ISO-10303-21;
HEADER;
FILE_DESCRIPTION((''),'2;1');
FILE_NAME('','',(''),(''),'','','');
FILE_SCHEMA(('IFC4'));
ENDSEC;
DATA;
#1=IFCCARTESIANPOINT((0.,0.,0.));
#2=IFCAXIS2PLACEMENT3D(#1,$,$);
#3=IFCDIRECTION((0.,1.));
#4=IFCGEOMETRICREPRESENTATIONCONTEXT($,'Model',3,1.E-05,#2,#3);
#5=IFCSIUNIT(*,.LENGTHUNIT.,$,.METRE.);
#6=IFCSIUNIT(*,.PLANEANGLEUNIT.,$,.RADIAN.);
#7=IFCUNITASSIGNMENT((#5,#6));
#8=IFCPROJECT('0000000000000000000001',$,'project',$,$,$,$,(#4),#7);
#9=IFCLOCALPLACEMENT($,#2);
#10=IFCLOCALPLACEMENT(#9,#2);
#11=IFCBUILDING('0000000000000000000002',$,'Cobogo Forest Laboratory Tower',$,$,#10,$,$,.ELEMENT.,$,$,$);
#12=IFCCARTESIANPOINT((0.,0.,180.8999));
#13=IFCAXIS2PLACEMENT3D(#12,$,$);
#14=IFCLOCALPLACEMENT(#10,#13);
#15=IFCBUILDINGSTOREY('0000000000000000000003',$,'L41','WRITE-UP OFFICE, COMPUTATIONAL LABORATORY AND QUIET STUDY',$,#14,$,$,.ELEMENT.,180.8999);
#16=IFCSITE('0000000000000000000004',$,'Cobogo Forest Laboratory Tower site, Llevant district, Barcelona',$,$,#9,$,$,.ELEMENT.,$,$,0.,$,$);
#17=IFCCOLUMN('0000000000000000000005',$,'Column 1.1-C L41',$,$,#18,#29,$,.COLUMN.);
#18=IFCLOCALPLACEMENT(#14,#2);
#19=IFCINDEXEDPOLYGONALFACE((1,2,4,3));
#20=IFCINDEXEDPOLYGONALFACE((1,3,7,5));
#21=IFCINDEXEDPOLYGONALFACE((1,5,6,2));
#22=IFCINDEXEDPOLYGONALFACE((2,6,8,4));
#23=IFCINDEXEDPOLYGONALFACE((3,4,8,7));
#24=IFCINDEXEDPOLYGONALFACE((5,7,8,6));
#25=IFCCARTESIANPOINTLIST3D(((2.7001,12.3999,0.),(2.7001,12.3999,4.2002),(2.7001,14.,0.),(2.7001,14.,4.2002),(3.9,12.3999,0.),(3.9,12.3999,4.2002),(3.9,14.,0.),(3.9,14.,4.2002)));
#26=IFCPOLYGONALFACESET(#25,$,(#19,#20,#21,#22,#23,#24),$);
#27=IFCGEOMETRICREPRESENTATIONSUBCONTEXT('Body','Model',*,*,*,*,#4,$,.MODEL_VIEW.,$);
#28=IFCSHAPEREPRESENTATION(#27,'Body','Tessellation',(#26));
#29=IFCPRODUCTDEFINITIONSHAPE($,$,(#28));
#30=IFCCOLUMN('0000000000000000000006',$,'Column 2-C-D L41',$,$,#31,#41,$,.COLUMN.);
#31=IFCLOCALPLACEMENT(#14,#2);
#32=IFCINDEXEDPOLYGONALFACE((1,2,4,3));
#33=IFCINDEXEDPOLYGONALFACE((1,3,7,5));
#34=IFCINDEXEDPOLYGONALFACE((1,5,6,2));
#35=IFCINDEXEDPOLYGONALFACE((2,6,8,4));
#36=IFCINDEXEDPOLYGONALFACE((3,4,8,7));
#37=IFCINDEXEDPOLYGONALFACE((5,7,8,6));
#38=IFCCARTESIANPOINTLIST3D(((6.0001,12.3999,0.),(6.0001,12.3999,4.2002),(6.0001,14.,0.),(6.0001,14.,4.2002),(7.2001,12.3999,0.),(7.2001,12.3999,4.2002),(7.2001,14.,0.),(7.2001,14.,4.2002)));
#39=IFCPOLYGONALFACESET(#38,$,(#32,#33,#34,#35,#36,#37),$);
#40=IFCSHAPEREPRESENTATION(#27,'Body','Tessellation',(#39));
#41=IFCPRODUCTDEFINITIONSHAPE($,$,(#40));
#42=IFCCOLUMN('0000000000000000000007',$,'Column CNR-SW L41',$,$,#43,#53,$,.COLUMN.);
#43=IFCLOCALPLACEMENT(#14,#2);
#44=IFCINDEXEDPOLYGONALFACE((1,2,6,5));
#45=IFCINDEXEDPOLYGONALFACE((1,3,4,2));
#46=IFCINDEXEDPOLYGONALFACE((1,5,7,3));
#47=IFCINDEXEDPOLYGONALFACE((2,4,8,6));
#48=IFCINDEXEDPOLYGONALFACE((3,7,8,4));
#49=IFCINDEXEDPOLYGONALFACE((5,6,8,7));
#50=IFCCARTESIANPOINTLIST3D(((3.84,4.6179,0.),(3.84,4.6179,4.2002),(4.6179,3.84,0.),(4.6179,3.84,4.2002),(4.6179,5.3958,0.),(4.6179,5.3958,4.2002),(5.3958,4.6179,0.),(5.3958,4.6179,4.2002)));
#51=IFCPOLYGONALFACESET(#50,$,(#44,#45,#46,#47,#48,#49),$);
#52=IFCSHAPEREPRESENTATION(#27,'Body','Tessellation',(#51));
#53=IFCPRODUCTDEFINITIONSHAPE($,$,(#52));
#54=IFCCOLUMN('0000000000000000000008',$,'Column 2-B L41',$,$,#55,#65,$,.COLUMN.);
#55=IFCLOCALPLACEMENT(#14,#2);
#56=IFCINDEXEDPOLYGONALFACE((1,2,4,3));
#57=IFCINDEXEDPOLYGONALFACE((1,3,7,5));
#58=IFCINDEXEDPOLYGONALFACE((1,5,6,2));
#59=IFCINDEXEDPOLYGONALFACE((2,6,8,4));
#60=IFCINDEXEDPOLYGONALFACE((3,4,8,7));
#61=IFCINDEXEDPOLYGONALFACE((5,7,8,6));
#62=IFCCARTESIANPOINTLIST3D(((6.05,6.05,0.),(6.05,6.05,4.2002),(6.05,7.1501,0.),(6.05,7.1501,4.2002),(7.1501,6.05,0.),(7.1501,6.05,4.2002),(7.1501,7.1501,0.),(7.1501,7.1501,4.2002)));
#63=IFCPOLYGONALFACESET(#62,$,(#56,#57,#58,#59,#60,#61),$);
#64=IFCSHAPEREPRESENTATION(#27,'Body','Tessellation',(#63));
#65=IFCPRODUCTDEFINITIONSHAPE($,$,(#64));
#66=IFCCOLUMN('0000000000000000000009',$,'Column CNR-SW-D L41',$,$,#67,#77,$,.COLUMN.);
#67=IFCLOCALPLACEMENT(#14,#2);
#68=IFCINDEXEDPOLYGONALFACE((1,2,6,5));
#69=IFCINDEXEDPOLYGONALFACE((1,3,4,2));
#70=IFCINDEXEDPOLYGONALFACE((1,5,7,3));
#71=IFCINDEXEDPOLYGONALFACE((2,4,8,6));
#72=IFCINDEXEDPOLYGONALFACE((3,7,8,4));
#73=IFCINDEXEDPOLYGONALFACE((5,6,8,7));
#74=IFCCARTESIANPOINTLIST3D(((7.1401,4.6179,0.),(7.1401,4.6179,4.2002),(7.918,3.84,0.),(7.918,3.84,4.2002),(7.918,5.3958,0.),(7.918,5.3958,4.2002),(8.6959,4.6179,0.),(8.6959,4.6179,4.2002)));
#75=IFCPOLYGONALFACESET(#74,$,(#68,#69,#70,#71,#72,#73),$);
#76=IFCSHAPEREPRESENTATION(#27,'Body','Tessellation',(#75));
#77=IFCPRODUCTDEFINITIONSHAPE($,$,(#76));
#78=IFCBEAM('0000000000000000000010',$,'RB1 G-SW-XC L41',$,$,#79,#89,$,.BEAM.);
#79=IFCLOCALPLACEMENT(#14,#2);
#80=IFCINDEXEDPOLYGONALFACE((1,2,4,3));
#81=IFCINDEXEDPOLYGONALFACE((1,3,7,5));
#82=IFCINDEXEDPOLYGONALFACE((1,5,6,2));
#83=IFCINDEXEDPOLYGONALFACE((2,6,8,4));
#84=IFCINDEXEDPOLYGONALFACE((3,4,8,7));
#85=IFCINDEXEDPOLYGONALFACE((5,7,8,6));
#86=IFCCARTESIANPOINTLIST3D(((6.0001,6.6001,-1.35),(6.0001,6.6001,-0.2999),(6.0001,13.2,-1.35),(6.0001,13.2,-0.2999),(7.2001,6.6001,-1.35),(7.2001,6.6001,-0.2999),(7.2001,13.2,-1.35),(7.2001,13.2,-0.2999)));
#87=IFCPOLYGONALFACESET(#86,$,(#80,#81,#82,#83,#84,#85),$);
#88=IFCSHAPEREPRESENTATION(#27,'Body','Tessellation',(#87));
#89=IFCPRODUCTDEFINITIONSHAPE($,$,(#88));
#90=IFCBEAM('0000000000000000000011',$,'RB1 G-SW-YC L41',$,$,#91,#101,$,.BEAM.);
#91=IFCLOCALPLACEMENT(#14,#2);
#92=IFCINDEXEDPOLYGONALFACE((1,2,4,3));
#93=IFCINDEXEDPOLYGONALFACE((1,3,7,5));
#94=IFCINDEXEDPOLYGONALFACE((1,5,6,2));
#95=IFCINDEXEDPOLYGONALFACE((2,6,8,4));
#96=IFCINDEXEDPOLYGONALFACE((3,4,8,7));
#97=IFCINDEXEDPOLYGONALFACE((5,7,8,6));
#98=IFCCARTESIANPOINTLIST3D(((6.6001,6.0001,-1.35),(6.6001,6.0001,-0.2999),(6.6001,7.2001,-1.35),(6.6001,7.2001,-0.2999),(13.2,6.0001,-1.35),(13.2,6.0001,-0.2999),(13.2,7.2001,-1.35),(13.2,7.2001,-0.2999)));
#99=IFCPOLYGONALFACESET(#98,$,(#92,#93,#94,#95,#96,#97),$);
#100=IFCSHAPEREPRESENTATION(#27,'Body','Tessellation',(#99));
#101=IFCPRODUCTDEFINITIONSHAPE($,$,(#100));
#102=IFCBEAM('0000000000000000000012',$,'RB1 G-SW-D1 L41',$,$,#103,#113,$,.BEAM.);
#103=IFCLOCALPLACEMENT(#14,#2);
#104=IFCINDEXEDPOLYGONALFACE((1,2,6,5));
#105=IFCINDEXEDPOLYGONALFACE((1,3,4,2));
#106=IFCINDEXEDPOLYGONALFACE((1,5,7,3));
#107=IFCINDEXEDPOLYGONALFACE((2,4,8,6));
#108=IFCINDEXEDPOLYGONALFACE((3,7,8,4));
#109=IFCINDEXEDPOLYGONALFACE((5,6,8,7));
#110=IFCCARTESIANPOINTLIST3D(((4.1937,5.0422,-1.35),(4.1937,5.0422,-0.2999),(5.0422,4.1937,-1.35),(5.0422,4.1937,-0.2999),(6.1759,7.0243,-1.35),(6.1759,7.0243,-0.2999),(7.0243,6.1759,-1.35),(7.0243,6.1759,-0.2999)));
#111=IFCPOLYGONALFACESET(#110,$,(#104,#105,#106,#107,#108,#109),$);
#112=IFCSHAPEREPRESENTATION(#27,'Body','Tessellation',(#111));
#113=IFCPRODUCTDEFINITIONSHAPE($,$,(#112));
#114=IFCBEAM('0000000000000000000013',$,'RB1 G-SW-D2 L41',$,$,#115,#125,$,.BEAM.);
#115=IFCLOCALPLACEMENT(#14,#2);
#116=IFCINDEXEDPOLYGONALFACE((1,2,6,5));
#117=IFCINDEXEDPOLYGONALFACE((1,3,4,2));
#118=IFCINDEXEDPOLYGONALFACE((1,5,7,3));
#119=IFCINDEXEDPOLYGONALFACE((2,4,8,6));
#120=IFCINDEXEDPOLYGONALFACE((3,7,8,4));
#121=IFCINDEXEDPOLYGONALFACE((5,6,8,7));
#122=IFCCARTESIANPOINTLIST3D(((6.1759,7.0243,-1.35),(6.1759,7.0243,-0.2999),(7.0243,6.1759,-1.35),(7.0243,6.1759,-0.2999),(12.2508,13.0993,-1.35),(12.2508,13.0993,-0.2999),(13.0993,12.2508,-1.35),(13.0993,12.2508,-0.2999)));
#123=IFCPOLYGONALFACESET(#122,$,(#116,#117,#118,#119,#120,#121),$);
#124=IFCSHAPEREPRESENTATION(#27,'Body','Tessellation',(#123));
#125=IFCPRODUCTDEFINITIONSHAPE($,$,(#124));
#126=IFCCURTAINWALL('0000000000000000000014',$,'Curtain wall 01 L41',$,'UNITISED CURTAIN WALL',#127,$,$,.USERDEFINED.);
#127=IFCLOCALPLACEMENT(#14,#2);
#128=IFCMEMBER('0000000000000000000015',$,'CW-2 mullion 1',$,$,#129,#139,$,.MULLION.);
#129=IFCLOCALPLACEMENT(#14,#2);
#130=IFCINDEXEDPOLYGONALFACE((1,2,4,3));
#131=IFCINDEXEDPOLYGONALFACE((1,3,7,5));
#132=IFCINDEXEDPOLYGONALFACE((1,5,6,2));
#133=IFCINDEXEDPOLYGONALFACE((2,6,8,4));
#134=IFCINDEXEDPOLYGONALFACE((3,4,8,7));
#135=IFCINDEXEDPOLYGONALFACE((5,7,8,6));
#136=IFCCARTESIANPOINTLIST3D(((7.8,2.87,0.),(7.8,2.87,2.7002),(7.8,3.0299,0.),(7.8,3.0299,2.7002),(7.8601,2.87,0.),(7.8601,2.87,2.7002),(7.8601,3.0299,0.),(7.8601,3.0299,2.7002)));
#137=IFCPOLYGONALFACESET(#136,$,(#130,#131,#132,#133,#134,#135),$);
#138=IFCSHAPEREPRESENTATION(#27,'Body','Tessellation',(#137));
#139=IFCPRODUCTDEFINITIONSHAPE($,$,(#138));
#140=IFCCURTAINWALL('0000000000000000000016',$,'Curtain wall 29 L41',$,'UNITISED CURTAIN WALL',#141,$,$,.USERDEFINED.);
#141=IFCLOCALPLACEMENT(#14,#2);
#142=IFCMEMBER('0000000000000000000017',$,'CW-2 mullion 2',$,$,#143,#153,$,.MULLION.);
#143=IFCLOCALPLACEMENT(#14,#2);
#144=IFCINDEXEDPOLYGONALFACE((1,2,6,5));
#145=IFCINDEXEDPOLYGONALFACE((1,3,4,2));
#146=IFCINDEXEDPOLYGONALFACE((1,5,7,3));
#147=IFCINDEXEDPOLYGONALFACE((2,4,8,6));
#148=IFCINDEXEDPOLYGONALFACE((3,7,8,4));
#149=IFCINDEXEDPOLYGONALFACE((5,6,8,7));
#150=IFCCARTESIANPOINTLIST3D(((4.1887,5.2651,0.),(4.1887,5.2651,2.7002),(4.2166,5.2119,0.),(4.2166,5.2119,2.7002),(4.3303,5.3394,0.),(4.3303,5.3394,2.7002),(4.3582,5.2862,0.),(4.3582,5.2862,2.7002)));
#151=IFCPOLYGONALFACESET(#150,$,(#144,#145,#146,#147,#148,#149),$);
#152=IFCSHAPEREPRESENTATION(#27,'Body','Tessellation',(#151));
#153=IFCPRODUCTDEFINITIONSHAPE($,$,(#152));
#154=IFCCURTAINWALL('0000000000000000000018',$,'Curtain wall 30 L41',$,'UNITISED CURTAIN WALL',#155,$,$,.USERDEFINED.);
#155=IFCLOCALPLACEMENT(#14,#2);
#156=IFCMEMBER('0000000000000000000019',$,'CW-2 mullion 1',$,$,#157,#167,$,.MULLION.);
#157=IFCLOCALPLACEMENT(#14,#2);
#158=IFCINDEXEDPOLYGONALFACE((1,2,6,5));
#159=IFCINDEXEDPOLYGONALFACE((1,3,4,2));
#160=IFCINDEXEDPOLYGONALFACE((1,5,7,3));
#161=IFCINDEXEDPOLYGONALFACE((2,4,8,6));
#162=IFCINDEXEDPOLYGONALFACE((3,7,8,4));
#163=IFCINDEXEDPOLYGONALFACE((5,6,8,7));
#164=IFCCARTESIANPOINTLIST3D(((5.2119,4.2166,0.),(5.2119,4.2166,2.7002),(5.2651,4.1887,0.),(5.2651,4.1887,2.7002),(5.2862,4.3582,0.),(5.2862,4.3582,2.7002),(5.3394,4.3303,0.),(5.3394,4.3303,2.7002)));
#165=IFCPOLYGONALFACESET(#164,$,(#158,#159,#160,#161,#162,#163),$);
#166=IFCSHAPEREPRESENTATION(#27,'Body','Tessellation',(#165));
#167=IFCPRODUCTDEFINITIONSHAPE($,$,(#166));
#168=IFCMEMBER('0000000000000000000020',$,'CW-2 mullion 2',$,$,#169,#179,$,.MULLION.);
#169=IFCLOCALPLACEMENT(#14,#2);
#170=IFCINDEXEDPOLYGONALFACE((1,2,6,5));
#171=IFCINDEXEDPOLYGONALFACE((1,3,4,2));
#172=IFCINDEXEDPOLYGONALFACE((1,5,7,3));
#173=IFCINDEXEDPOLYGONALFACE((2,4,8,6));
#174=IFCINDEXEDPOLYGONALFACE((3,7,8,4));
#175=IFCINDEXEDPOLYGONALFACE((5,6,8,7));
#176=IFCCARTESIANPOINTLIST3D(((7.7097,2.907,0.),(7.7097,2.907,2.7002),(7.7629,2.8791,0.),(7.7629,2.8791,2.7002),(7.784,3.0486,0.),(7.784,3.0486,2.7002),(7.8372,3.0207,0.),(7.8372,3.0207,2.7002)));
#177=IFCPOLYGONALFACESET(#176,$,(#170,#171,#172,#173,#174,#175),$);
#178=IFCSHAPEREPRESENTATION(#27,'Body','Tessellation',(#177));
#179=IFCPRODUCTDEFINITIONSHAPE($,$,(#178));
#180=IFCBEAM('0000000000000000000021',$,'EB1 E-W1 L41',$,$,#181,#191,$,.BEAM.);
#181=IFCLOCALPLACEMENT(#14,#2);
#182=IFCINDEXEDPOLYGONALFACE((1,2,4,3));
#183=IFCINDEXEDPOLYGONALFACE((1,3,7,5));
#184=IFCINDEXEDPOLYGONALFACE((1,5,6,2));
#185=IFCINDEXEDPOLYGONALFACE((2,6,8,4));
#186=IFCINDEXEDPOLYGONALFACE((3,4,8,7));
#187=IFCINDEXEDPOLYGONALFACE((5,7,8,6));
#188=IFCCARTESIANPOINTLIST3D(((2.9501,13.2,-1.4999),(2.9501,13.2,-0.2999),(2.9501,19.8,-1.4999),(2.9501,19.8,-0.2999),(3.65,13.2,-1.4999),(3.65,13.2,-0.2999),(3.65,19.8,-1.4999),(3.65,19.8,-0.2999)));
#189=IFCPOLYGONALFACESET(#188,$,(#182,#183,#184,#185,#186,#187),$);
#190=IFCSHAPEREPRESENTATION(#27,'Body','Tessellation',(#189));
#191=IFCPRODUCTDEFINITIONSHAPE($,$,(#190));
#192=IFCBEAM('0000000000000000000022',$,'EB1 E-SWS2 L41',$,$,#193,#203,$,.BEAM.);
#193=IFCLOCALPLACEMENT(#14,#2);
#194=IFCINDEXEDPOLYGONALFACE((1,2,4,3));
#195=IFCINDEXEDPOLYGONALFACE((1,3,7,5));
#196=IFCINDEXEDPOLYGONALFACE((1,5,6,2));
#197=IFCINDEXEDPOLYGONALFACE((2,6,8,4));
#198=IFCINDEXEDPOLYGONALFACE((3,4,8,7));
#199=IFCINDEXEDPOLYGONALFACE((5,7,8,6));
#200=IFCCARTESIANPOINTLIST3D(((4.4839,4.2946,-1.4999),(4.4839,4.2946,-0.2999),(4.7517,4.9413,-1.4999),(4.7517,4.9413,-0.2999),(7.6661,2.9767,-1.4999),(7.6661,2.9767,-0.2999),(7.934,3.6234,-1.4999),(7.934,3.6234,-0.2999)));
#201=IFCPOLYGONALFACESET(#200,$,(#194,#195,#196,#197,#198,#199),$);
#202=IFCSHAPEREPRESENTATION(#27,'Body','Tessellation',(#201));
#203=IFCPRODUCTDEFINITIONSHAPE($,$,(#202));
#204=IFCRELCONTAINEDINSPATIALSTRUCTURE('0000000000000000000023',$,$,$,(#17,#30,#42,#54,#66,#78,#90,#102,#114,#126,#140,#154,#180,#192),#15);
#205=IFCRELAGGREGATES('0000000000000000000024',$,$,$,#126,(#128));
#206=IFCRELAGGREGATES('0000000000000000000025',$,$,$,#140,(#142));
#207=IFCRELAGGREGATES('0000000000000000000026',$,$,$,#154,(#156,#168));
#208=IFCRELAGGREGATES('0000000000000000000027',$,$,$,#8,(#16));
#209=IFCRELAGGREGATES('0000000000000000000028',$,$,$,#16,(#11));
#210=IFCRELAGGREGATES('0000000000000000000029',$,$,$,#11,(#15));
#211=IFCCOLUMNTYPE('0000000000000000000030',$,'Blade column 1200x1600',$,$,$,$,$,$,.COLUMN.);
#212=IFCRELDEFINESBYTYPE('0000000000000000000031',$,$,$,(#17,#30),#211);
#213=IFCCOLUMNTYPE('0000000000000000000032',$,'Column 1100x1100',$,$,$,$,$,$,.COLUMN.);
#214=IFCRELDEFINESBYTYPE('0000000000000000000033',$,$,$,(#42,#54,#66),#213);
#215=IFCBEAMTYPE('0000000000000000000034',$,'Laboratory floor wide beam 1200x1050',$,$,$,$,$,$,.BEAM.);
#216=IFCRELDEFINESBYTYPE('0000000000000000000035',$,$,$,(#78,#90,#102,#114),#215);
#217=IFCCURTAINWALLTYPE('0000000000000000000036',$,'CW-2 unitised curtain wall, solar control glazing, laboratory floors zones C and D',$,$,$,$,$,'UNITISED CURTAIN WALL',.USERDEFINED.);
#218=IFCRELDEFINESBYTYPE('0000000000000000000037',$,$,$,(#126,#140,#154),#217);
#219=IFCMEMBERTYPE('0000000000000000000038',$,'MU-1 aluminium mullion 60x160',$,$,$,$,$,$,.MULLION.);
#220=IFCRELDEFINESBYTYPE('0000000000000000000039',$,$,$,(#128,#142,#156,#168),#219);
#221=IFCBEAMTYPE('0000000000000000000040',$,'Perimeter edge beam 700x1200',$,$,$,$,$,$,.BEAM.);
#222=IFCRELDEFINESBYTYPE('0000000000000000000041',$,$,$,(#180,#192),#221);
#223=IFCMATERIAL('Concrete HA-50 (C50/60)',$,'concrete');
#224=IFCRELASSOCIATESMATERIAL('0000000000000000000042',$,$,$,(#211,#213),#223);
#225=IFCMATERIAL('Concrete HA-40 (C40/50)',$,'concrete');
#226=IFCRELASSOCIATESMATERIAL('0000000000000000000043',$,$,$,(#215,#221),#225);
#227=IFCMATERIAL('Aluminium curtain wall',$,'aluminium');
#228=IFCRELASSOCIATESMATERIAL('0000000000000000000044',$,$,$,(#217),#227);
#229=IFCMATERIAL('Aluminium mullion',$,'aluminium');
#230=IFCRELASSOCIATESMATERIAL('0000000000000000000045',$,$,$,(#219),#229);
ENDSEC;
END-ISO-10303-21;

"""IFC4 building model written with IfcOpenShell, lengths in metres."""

from ifc_helpers import new_model, si_unit, direction, frame, origin, origin_2d, place, context, subcontext, project, spatial, rectangle, extrude, material, material_profile, profile_set, type_object, element, aggregate, save


model = new_model("IFC4")

# Units and contexts
model_context = context("Model", 3, precision=1e-05, world=origin(), true_north=direction((0.0, 1.0)))
body_context = subcontext(model_context, "Body", "Model", "MODEL_VIEW")
ifc_project = project(units=[si_unit("LENGTHUNIT", "METRE"), si_unit("PLANEANGLEUNIT", "RADIAN")], contexts=[model_context])

# Site, building, storey
site_placement = place(None, origin())
site = spatial("IfcSite", under=ifc_project, at=site_placement, Name="Cobogo Forest Laboratory Tower site, Llevant district, Barcelona", CompositionType="ELEMENT", RefElevation=0.0)
building_placement = place(site_placement, origin())
building = spatial("IfcBuilding", under=site, at=building_placement, Name="Cobogo Forest Laboratory Tower", CompositionType="ELEMENT")
storey_placement = place(building_placement, frame((0.0, 0.0, 180.8999)))
storey = spatial("IfcBuildingStorey", under=building, at=storey_placement, Name="L41", Description="WRITE-UP OFFICE, COMPUTATIONAL LABORATORY AND QUIET STUDY", CompositionType="ELEMENT", Elevation=180.8999)

# Columns
ifc_material_1 = material(Name="Concrete HA-50 (C50/60)", Category="concrete")
ifc_material_profile_1 = material_profile(ifc_material_1, rectangle(XDim=1.6001, YDim=1.2, at=origin_2d()), Name="RC 1200x1600")
ifc_profile_set_1 = profile_set([ifc_material_profile_1], Name="Concrete HA-50 (C50/60)")
column_type_1 = type_object("IfcColumnType", Name="Blade column 1200x1600", PredefinedType="COLUMN", material=ifc_profile_set_1)
for number, where, z_axis, x_axis, name in (
    (1, (3.3, 13.2, 0.0), (0.0, 0.0, 1.0), (0.0, 1.0, 0.0), "Column 1.1-C L41"),
    (2, (6.6001, 13.2, 0.0), (0.0, 0.0, 1.0), (0.0, 1.0, 0.0), "Column 2-C-D L41"),
):
    element("IfcColumn", number, at=place(storey_placement, frame(where, z_axis=z_axis, x_axis=x_axis)), inside=storey, type_object=column_type_1, Name=name, PredefinedType="COLUMN", context=body_context, shape_type="SweptSolid", body=[
        extrude(rectangle(XDim=1.6001, YDim=1.2, at=origin_2d()), origin(), (0.0, 0.0, 1.0), 4.2002),
    ])
ifc_material_profile_2 = material_profile(ifc_material_1, rectangle(XDim=1.1001, YDim=1.1001, at=origin_2d()), Name="RC 1100x1100")
ifc_profile_set_2 = profile_set([ifc_material_profile_2], Name="Concrete HA-50 (C50/60)")
column_type_2 = type_object("IfcColumnType", Name="Column 1100x1100", PredefinedType="COLUMN", material=ifc_profile_set_2)
for number, where, z_axis, x_axis, name in (
    (3, (4.6179, 4.6179, 0.0), (0.0, 0.0, 1.0), (0.707107, 0.707107, 0.0), "Column CNR-SW L41"),
    (4, (6.6001, 6.6001, 0.0), (0.0, 0.0, 1.0), (1.0, 0.0, 0.0), "Column 2-B L41"),
    (5, (7.918, 4.6179, 0.0), (0.0, 0.0, 1.0), (0.707107, 0.707107, 0.0), "Column CNR-SW-D L41"),
):
    element("IfcColumn", number, at=place(storey_placement, frame(where, z_axis=z_axis, x_axis=x_axis)), inside=storey, type_object=column_type_2, Name=name, PredefinedType="COLUMN", context=body_context, shape_type="SweptSolid", body=[
        extrude(rectangle(XDim=1.1001, YDim=1.1001, at=origin_2d()), origin(), (0.0, 0.0, 1.0), 4.2002),
    ])

# Beams
ifc_material_2 = material(Name="Concrete HA-40 (C40/50)", Category="concrete")
ifc_material_profile_3 = material_profile(ifc_material_2, rectangle(XDim=1.2, YDim=1.05, at=origin_2d()), Name="RC 1200x1050")
ifc_profile_set_3 = profile_set([ifc_material_profile_3], Name="Concrete HA-40 (C40/50)")
beam_type_1 = type_object("IfcBeamType", Name="Laboratory floor wide beam 1200x1050", PredefinedType="BEAM", material=ifc_profile_set_3)
for number, where, z_axis, x_axis, name in (
    (6, (6.6001, 6.6001, -0.825), (0.0, 1.0, 0.0), (-1.0, 0.0, 0.0), "RB1 G-SW-XC L41"),
    (7, (6.6001, 6.6001, -0.825), (1.0, 0.0, 0.0), (0.0, 1.0, 0.0), "RB1 G-SW-YC L41"),
):
    element("IfcBeam", number, at=place(storey_placement, frame(where, z_axis=z_axis, x_axis=x_axis)), inside=storey, type_object=beam_type_1, Name=name, PredefinedType="BEAM", context=body_context, shape_type="SweptSolid", body=[
        extrude(rectangle(XDim=1.2, YDim=1.05, at=origin_2d()), origin(), (0.0, 0.0, 1.0), 6.5999),
    ])
beam_1_placement = place(storey_placement, frame((4.6179, 4.6179, -0.825), z_axis=(0.707107, 0.707107, 0.0), x_axis=(-0.707107, 0.707107, 0.0)))
element("IfcBeam", 8, at=beam_1_placement, inside=storey, type_object=beam_type_1, Name="RB1 G-SW-D1 L41", PredefinedType="BEAM", context=body_context, shape_type="SweptSolid", body=[
    extrude(rectangle(XDim=1.2, YDim=1.05, at=origin_2d()), origin(), (0.0, 0.0, 1.0), 2.8032),
])
beam_2_placement = place(storey_placement, frame((6.6001, 6.6001, -0.825), z_axis=(0.707107, 0.707107, 0.0), x_axis=(-0.707107, 0.707107, 0.0)))
element("IfcBeam", 9, at=beam_2_placement, inside=storey, type_object=beam_type_1, Name="RB1 G-SW-D2 L41", PredefinedType="BEAM", context=body_context, shape_type="SweptSolid", body=[
    extrude(rectangle(XDim=1.2, YDim=1.05, at=origin_2d()), origin(), (0.0, 0.0, 1.0), 8.5913),
])

# Curtain walls, members
ifc_material_3 = material(Name="Aluminium curtain wall", Category="aluminium")
curtain_wall_type = type_object("IfcCurtainWallType", Name="CW-2 unitised curtain wall, solar control glazing, laboratory floors zones C and D", ElementType="UNITISED CURTAIN WALL", PredefinedType="USERDEFINED", material=ifc_material_3)
curtain_wall_1_placement = place(storey_placement, origin())
curtain_wall_1 = element("IfcCurtainWall", 10, at=curtain_wall_1_placement, inside=storey, type_object=curtain_wall_type, Name="Curtain wall 01 L41", ObjectType="UNITISED CURTAIN WALL", PredefinedType="USERDEFINED")
ifc_material_4 = material(Name="Aluminium mullion", Category="aluminium")
ifc_material_profile_4 = material_profile(ifc_material_4, rectangle(XDim=0.0601, YDim=0.1599, at=origin_2d()), Name="AL 60x160")
ifc_profile_set_4 = profile_set([ifc_material_profile_4], Name="Aluminium mullion")
member_type_1 = type_object("IfcMemberType", Name="MU-1 aluminium mullion 60x160", PredefinedType="MULLION", material=ifc_profile_set_4)
member_1_placement = place(storey_placement, frame((7.8301, 2.95, 0.0), z_axis=(0.0, 0.0, 1.0), x_axis=(1.0, 0.0, 0.0)))
member_1 = element("IfcMember", 11, at=member_1_placement, type_object=member_type_1, Name="CW-2 mullion 1", PredefinedType="MULLION", context=body_context, shape_type="SweptSolid", body=[
    extrude(rectangle(XDim=0.0601, YDim=0.1599, at=origin_2d()), origin(), (0.0, 0.0, 1.0), 2.7002),
])
curtain_wall_2_placement = place(storey_placement, origin())
curtain_wall_2 = element("IfcCurtainWall", 12, at=curtain_wall_2_placement, inside=storey, type_object=curtain_wall_type, Name="Curtain wall 29 L41", ObjectType="UNITISED CURTAIN WALL", PredefinedType="USERDEFINED")
member_2_placement = place(storey_placement, frame((4.2734, 5.2756, 0.0), z_axis=(0.0, 0.0, 1.0), x_axis=(0.464284, -0.885686, 0.0)))
member_2 = element("IfcMember", 13, at=member_2_placement, type_object=member_type_1, Name="CW-2 mullion 2", PredefinedType="MULLION", context=body_context, shape_type="SweptSolid", body=[
    extrude(rectangle(XDim=0.0601, YDim=0.1599, at=origin_2d()), origin(), (0.0, 0.0, 1.0), 2.7002),
])

# Curtain wall, members
curtain_wall_3_placement = place(storey_placement, origin())
curtain_wall_3 = element("IfcCurtainWall", 14, at=curtain_wall_3_placement, inside=storey, type_object=curtain_wall_type, Name="Curtain wall 30 L41", ObjectType="UNITISED CURTAIN WALL", PredefinedType="USERDEFINED")
member_3_placement = place(storey_placement, frame((5.2756, 4.2734, 0.0), z_axis=(0.0, 0.0, 1.0), x_axis=(0.885686, -0.464284, 0.0)))
member_3 = element("IfcMember", 15, at=member_3_placement, type_object=member_type_1, Name="CW-2 mullion 1", PredefinedType="MULLION", context=body_context, shape_type="SweptSolid", body=[
    extrude(rectangle(XDim=0.0601, YDim=0.1599, at=origin_2d()), origin(), (0.0, 0.0, 1.0), 2.7002),
])
member_4_placement = place(storey_placement, frame((7.7734, 2.9639, 0.0), z_axis=(0.0, 0.0, 1.0), x_axis=(0.885686, -0.464284, 0.0)))
member_4 = element("IfcMember", 16, at=member_4_placement, type_object=member_type_1, Name="CW-2 mullion 2", PredefinedType="MULLION", context=body_context, shape_type="SweptSolid", body=[
    extrude(rectangle(XDim=0.0601, YDim=0.1599, at=origin_2d()), origin(), (0.0, 0.0, 1.0), 2.7002),
])

# Beams
ifc_material_profile_5 = material_profile(ifc_material_2, rectangle(XDim=0.7, YDim=1.2, at=origin_2d()), Name="RC 700x1200")
ifc_profile_set_5 = profile_set([ifc_material_profile_5], Name="Concrete HA-40 (C40/50)")
beam_type_2 = type_object("IfcBeamType", Name="Perimeter edge beam 700x1200", PredefinedType="BEAM", material=ifc_profile_set_5)
beam_3_placement = place(storey_placement, frame((3.3, 13.2, -0.8999), z_axis=(0.0, 1.0, 0.0), x_axis=(-1.0, 0.0, 0.0)))
element("IfcBeam", 17, at=beam_3_placement, inside=storey, type_object=beam_type_2, Name="EB1 E-W1 L41", PredefinedType="BEAM", context=body_context, shape_type="SweptSolid", body=[
    extrude(rectangle(XDim=0.7, YDim=1.2, at=origin_2d()), origin(), (0.0, 0.0, 1.0), 6.6001),
])
beam_4_placement = place(storey_placement, frame((7.8, 3.3, -0.8999), z_axis=(-0.923901, 0.382631, 0.0), x_axis=(-0.382631, -0.923901, 0.0)))
element("IfcBeam", 18, at=beam_4_placement, inside=storey, type_object=beam_type_2, Name="EB1 E-SWS2 L41", PredefinedType="BEAM", context=body_context, shape_type="SweptSolid", body=[
    extrude(rectangle(XDim=0.7, YDim=1.2, at=origin_2d()), origin(), (0.0, 0.0, 1.0), 3.4443),
])

aggregate(curtain_wall_1, [member_1])
aggregate(curtain_wall_2, [member_2])
aggregate(curtain_wall_3, [member_3, member_4])

save(model, "model.ifc")
